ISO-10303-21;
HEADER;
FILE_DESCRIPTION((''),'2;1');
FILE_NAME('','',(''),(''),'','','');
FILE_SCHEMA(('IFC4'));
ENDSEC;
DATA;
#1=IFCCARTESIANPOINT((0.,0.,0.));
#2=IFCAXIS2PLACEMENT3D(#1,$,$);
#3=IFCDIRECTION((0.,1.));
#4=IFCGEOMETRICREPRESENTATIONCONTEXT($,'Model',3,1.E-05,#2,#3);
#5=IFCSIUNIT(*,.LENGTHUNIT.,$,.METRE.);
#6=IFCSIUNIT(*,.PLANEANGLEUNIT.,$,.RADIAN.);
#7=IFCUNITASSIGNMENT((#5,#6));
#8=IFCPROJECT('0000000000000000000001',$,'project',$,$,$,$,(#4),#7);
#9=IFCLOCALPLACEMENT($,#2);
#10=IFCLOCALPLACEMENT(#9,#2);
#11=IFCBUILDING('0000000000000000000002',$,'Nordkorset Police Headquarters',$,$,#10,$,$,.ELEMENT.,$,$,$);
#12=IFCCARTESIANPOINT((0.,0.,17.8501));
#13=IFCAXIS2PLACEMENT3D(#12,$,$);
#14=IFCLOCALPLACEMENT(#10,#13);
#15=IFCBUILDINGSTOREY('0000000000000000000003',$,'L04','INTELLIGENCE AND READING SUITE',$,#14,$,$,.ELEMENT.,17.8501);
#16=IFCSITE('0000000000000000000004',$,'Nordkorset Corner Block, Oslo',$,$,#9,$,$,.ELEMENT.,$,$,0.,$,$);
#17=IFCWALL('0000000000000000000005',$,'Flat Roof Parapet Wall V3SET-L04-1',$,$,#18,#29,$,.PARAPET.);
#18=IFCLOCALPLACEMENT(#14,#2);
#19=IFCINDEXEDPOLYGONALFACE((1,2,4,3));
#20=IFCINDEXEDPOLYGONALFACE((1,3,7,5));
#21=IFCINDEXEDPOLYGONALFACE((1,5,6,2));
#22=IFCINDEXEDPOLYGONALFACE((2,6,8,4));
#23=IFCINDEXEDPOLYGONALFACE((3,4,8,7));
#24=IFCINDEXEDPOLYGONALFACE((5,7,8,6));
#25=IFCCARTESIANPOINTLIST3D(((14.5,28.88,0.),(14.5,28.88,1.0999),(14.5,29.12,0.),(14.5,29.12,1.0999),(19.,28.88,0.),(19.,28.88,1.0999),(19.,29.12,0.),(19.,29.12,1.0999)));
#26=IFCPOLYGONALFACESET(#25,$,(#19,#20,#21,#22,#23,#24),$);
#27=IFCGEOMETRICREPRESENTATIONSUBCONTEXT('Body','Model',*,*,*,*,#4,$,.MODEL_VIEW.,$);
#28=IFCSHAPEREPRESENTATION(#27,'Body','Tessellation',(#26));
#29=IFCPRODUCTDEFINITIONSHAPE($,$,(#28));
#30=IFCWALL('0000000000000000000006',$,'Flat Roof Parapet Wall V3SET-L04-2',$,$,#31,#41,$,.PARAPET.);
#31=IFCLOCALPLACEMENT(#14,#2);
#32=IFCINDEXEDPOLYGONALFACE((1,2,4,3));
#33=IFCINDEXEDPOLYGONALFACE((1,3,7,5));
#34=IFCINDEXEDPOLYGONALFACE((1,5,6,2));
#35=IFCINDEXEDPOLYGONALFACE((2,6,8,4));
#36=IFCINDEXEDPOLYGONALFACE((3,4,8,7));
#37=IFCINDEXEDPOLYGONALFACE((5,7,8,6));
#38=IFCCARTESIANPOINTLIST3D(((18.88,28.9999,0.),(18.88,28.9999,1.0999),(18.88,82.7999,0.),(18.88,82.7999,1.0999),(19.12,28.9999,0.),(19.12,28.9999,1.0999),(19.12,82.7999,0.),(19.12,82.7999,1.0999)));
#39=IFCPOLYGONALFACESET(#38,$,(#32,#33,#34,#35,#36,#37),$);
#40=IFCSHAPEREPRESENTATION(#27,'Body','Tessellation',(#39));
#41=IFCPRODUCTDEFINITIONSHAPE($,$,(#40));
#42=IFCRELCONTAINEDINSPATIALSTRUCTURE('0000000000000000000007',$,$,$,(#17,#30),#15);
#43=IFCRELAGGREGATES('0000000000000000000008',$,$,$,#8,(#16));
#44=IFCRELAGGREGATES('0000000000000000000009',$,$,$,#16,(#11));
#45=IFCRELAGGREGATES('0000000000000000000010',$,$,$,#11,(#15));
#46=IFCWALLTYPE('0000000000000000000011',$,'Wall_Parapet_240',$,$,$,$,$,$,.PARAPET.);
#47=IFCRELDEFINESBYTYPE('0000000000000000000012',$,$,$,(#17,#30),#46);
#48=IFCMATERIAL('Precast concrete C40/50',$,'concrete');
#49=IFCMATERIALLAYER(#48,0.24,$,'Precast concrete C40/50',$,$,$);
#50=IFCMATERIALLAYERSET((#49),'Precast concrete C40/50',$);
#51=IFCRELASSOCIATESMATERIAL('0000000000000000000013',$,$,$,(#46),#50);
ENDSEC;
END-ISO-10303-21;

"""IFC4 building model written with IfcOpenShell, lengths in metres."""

from ifc_helpers import new_model, si_unit, direction, frame, frame_2d, origin, place, context, subcontext, project, spatial, rectangle, extrude, material, layer, layer_set, type_object, element, save


model = new_model("IFC4")

# Units and contexts
model_context = context("Model", 3, precision=1e-05, world=origin(), true_north=direction((0.0, 1.0)))
body_context = subcontext(model_context, "Body", "Model", "MODEL_VIEW")
ifc_project = project(units=[si_unit("LENGTHUNIT", "METRE"), si_unit("PLANEANGLEUNIT", "RADIAN")], contexts=[model_context])

# Site, building, storey
site_placement = place(None, origin())
site = spatial("IfcSite", under=ifc_project, at=site_placement, Name="Nordkorset Corner Block, Oslo", CompositionType="ELEMENT", RefElevation=0.0)
building_placement = place(site_placement, origin())
building = spatial("IfcBuilding", under=site, at=building_placement, Name="Nordkorset Police Headquarters", CompositionType="ELEMENT")
storey_placement = place(building_placement, frame((0.0, 0.0, 17.8501)))
storey = spatial("IfcBuildingStorey", under=building, at=storey_placement, Name="L04", Description="INTELLIGENCE AND READING SUITE", CompositionType="ELEMENT", Elevation=17.8501)

# Walls
ifc_material_1 = material(Name="Precast concrete C40/50", Category="concrete")
ifc_layer_1 = layer(ifc_material_1, 0.24, Name="Precast concrete C40/50")
ifc_layer_set_1 = layer_set([ifc_layer_1], Name="Precast concrete C40/50")
wall_type_1 = type_object("IfcWallType", Name="Wall_Parapet_240", PredefinedType="PARAPET", material=ifc_layer_set_1)
wall_1_placement = place(storey_placement, frame((14.5, 29.0, 0.0), z_axis=(0.0, 0.0, 1.0), x_axis=(1.0, 0.0, 0.0)))
element("IfcWall", 1, at=wall_1_placement, inside=storey, type_object=wall_type_1, Name="Flat Roof Parapet Wall V3SET-L04-1", PredefinedType="PARAPET", context=body_context, shape_type="SweptSolid", body=[
    extrude(rectangle(XDim=4.5, YDim=0.24, at=frame_2d((2.25, 0.0))), origin(), (0.0, 0.0, 1.0), 1.0999),
])
wall_2_placement = place(storey_placement, frame((19.0, 29.0, 0.0), z_axis=(0.0, 0.0, 1.0), x_axis=(0.0, 1.0, 0.0)))
element("IfcWall", 2, at=wall_2_placement, inside=storey, type_object=wall_type_1, Name="Flat Roof Parapet Wall V3SET-L04-2", PredefinedType="PARAPET", context=body_context, shape_type="SweptSolid", body=[
    extrude(rectangle(XDim=53.8, YDim=0.24, at=frame_2d((26.8999, 0.0))), origin(), (0.0, 0.0, 1.0), 1.0999),
])

save(model, "model.ifc")
